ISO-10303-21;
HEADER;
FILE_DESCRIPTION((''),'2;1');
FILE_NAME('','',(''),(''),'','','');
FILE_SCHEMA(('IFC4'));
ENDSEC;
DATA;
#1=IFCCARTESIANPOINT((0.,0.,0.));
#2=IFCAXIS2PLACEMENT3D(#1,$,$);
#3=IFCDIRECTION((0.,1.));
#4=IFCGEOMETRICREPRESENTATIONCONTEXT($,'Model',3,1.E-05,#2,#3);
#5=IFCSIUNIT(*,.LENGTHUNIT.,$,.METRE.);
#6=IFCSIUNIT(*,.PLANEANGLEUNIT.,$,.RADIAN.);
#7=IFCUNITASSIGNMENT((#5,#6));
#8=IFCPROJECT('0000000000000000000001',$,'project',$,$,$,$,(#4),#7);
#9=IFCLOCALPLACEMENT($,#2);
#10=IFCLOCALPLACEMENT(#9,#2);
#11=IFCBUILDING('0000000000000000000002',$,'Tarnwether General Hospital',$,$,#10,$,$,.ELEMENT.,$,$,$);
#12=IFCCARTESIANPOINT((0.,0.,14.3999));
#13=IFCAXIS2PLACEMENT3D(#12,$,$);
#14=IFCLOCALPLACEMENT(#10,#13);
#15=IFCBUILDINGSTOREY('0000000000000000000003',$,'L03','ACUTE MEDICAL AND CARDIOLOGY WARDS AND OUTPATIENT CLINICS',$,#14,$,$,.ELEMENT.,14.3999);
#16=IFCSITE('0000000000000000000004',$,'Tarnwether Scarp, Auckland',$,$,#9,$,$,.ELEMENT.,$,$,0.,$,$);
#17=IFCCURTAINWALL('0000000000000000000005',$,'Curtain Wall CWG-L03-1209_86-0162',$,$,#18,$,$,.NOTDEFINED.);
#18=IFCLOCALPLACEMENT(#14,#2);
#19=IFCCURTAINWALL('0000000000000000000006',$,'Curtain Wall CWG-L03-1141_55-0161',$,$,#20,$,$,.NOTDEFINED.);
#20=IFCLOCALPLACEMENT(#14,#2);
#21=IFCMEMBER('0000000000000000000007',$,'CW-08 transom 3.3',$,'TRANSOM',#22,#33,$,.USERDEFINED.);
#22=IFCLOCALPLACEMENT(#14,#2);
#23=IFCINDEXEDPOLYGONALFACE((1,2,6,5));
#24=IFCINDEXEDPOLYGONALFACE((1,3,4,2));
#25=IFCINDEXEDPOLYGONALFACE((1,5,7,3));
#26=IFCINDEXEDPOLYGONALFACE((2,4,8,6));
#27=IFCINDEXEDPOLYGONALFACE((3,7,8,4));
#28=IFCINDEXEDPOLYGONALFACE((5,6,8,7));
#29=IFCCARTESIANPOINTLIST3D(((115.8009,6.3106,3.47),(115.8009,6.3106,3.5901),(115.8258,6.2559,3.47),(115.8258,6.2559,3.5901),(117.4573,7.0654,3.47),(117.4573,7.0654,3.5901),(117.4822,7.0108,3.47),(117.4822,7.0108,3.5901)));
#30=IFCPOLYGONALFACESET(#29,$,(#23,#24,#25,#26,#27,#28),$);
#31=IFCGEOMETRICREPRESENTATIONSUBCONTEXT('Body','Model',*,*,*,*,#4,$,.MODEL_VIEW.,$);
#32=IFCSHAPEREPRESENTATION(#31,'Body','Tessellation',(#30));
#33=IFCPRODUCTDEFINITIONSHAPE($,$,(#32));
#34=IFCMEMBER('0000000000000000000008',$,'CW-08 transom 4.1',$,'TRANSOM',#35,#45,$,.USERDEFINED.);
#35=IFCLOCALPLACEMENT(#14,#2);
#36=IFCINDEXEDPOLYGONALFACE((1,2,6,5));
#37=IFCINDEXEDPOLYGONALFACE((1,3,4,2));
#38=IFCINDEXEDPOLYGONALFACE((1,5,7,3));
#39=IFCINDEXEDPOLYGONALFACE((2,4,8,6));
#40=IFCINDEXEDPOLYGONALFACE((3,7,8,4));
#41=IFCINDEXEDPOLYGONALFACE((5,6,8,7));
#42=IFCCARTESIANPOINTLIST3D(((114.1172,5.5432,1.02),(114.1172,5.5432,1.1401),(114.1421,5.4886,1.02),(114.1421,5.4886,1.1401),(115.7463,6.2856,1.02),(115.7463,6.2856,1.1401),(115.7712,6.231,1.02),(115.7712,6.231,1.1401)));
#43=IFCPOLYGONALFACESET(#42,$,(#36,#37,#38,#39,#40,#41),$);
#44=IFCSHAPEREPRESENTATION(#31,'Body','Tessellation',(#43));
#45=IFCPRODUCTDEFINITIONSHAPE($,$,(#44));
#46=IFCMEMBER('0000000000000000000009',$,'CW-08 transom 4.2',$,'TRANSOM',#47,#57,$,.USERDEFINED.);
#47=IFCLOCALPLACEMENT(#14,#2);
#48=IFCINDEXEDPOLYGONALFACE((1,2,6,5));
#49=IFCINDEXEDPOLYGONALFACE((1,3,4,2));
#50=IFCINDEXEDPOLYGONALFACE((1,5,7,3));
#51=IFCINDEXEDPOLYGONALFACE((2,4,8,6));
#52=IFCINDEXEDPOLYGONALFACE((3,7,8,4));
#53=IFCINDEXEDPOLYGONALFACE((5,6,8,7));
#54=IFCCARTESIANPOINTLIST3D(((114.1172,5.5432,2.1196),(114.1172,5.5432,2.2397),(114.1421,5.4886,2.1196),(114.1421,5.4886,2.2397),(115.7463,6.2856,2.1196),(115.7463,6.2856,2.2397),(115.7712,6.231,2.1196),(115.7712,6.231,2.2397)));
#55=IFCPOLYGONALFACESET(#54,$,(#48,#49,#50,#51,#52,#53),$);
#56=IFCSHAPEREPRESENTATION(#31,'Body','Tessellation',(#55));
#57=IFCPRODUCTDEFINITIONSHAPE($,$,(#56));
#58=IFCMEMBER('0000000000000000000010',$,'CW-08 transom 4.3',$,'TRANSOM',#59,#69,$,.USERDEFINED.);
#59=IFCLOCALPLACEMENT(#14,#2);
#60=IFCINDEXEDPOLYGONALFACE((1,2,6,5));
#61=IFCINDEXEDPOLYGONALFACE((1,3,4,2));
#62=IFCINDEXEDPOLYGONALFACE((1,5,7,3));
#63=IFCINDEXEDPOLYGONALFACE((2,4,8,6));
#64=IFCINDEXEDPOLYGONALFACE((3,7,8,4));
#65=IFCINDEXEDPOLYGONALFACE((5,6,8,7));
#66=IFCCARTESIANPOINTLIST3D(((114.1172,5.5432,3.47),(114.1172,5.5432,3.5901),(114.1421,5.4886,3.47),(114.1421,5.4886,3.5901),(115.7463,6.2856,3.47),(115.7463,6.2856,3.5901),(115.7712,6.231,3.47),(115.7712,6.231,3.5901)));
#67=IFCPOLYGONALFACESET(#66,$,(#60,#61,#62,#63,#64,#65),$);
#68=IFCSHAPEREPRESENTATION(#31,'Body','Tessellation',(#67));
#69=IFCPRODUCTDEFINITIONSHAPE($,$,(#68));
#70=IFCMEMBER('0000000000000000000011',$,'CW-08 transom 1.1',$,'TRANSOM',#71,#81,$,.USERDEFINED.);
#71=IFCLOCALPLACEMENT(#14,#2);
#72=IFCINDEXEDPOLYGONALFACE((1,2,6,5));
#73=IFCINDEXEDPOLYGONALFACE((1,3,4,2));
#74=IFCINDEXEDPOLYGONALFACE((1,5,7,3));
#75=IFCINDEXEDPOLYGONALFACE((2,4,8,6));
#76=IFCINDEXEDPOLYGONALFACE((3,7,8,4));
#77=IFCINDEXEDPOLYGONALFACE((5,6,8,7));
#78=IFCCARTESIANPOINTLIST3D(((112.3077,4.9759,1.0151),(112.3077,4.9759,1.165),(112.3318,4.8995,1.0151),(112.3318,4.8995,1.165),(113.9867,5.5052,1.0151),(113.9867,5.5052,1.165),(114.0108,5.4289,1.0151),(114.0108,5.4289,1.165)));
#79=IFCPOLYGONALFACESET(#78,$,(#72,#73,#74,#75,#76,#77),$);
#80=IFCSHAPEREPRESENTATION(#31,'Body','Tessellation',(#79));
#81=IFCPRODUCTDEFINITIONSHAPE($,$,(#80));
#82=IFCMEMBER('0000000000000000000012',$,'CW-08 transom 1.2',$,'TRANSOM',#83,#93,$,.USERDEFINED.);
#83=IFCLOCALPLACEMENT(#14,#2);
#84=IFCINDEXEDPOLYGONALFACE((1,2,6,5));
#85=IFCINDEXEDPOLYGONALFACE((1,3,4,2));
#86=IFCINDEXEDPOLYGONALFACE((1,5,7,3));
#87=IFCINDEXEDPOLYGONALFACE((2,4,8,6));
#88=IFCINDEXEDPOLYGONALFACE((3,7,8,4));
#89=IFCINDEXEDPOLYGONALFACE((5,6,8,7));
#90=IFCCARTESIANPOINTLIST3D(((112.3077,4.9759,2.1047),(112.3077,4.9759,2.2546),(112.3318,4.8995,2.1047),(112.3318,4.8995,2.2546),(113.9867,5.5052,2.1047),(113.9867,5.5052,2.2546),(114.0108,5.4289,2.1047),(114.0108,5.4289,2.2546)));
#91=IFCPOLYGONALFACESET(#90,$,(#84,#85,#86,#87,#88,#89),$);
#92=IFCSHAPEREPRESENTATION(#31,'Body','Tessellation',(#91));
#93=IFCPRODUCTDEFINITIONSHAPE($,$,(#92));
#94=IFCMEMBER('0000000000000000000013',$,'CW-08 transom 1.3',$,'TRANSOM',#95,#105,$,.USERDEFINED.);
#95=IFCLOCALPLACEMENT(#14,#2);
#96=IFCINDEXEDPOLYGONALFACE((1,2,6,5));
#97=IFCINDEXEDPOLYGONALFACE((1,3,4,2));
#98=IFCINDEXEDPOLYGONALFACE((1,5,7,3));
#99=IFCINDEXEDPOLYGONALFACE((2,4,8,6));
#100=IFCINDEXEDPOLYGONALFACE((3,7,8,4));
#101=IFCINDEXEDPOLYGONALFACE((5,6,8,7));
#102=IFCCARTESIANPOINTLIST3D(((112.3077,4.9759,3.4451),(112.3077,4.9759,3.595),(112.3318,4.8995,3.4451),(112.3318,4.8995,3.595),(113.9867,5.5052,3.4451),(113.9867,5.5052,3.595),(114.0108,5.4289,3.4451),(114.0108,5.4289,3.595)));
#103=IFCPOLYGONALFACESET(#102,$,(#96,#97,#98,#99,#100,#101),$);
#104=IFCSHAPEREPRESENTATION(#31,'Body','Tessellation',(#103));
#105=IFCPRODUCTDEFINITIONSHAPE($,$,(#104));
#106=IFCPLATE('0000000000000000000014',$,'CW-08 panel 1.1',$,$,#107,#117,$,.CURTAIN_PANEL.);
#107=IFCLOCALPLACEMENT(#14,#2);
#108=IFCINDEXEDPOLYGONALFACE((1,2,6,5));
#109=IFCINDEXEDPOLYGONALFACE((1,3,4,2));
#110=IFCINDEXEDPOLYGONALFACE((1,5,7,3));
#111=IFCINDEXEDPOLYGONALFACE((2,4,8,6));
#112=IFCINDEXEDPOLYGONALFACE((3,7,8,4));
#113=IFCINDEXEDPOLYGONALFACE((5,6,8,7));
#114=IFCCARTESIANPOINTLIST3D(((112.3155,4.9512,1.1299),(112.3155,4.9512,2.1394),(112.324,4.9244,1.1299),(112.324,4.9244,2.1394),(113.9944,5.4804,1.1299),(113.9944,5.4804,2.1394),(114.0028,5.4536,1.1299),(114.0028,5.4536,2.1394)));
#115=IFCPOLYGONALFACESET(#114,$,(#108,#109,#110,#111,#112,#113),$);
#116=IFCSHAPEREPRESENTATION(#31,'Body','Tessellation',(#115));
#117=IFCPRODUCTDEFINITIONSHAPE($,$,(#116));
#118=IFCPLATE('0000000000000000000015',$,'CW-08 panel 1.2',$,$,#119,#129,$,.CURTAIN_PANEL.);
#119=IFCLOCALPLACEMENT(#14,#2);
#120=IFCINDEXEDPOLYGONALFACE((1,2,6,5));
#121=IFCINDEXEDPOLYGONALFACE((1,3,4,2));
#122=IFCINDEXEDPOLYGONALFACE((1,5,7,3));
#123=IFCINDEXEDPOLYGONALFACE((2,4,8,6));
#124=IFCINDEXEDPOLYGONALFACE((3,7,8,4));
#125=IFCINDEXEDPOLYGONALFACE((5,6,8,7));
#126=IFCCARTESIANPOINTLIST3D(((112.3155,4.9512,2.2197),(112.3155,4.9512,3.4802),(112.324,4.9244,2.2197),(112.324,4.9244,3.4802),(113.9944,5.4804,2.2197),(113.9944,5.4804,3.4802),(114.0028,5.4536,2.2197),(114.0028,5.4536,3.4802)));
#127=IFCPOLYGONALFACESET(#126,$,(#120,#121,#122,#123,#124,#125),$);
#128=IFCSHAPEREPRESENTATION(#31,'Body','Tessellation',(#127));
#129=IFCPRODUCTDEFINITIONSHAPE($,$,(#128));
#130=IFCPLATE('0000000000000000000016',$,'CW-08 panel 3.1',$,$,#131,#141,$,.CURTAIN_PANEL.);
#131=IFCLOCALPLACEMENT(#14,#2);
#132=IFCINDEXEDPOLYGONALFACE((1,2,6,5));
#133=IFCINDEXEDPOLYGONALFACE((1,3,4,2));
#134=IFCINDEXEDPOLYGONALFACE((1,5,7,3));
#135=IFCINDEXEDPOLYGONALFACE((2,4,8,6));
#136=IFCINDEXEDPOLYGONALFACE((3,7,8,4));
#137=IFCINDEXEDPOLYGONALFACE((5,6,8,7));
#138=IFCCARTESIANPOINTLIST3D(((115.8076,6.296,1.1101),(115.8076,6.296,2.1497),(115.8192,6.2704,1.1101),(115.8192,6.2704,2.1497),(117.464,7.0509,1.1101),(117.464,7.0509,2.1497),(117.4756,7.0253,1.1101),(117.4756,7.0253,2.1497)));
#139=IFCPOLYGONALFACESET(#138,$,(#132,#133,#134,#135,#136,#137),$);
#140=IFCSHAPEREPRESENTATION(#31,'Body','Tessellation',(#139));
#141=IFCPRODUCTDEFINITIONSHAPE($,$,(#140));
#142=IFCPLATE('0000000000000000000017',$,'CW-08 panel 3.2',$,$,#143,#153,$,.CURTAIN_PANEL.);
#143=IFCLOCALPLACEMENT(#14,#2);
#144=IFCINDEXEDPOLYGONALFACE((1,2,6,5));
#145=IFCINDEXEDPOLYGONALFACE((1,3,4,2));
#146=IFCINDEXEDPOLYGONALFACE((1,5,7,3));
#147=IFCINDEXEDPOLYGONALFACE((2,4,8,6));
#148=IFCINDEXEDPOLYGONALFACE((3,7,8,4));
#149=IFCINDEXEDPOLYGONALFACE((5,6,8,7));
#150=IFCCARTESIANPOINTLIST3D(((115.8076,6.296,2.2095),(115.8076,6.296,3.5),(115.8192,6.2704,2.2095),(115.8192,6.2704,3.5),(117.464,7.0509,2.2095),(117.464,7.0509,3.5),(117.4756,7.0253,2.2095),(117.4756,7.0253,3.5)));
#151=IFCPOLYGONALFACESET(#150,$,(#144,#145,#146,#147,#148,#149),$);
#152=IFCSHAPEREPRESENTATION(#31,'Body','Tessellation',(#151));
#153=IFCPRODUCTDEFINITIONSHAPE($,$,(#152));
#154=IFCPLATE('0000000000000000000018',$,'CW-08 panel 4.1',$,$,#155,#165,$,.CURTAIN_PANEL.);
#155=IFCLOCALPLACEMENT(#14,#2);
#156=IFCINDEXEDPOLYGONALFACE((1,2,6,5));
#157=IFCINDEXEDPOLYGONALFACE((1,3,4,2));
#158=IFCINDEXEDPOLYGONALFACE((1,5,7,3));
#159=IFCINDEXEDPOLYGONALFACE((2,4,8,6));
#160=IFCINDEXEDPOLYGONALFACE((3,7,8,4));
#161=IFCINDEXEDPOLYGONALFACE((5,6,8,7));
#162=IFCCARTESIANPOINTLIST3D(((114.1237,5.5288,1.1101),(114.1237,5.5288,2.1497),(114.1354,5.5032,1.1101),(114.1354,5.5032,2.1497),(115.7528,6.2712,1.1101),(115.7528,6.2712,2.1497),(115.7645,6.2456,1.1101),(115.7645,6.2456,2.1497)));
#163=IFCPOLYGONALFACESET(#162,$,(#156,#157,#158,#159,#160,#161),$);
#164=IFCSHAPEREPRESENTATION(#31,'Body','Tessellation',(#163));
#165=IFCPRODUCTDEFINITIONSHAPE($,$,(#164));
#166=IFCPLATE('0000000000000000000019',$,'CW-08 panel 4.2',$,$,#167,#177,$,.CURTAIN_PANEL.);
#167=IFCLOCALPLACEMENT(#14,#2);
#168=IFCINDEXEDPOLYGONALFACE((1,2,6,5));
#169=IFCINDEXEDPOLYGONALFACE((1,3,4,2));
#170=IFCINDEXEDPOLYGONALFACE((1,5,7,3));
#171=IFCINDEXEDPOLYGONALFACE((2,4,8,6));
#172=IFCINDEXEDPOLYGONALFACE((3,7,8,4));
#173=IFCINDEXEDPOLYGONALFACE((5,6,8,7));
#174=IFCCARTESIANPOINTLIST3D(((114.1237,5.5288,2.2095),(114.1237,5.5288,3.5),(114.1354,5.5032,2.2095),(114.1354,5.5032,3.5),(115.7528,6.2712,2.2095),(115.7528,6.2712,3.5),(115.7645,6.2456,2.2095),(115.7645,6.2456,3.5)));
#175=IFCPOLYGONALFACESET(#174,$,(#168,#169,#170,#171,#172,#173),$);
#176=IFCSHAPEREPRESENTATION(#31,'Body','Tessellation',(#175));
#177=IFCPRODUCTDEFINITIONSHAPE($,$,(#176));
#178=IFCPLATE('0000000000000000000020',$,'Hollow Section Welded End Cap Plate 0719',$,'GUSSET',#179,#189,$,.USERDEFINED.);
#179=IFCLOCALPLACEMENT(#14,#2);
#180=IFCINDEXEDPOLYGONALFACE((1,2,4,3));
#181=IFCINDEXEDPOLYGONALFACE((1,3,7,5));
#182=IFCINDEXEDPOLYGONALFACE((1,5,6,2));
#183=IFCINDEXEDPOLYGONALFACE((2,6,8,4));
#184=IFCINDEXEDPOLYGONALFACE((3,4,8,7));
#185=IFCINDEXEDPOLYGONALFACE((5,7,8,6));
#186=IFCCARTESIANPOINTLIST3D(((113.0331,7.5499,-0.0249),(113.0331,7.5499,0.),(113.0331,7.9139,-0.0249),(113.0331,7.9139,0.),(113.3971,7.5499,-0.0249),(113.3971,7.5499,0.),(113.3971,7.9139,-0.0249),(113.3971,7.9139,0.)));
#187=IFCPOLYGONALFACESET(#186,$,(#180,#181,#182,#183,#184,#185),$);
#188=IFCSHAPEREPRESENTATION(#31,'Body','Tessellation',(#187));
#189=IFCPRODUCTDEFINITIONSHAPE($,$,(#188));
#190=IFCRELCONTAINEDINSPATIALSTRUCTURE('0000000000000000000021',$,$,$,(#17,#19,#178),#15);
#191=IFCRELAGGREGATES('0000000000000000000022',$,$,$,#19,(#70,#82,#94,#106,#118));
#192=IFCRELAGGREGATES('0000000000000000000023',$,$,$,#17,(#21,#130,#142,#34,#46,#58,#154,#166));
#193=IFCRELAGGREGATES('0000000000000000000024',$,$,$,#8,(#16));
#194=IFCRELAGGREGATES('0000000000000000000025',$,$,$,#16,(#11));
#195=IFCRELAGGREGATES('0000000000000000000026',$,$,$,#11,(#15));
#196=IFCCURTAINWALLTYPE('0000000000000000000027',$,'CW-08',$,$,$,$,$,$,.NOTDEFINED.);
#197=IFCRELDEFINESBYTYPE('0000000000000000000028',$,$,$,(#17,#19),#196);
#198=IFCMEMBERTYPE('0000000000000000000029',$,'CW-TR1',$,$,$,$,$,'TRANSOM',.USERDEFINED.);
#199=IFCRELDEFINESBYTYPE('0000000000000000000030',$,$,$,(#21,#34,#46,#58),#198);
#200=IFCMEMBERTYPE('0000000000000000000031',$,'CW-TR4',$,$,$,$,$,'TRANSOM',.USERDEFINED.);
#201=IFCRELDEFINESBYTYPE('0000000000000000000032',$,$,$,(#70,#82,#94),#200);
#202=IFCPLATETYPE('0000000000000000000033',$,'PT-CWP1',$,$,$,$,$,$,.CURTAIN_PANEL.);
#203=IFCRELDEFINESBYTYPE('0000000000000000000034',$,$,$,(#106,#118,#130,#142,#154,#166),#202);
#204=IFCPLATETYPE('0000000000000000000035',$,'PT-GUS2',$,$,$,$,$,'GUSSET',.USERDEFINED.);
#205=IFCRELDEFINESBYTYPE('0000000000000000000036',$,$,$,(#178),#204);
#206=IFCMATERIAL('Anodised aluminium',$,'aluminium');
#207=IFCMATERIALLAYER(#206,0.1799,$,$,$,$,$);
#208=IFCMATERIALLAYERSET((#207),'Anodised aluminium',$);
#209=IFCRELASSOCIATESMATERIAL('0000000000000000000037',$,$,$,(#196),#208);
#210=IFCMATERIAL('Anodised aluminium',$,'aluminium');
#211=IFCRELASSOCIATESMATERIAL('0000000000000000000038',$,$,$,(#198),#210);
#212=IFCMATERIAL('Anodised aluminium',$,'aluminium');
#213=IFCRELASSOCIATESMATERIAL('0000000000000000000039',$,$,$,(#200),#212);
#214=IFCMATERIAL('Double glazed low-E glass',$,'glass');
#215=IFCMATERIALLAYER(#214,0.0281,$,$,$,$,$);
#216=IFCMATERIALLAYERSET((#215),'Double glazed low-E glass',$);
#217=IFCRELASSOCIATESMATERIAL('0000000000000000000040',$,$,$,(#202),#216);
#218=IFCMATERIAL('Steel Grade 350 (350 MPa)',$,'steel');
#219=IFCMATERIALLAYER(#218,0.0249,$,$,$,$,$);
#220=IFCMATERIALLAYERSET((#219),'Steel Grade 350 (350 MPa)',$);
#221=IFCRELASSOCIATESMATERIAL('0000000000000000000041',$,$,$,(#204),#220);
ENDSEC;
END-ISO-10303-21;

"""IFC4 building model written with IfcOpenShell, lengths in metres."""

from ifc_helpers import new_model, si_unit, direction, frame, origin, origin_2d, place, context, subcontext, project, spatial, rectangle, extrude, material, layer, layer_set, material_profile, profile_set, type_object, element, aggregate, save


model = new_model("IFC4")

# Units and contexts
model_context = context("Model", 3, precision=1e-05, world=origin(), true_north=direction((0.0, 1.0)))
body_context = subcontext(model_context, "Body", "Model", "MODEL_VIEW")
ifc_project = project(units=[si_unit("LENGTHUNIT", "METRE"), si_unit("PLANEANGLEUNIT", "RADIAN")], contexts=[model_context])

# Site, building, storey
site_placement = place(None, origin())
site = spatial("IfcSite", under=ifc_project, at=site_placement, Name="Tarnwether Scarp, Auckland", CompositionType="ELEMENT", RefElevation=0.0)
building_placement = place(site_placement, origin())
building = spatial("IfcBuilding", under=site, at=building_placement, Name="Tarnwether General Hospital", CompositionType="ELEMENT")
storey_placement = place(building_placement, frame((0.0, 0.0, 14.3999)))
storey = spatial("IfcBuildingStorey", under=building, at=storey_placement, Name="L03", Description="ACUTE MEDICAL AND CARDIOLOGY WARDS AND OUTPATIENT CLINICS", CompositionType="ELEMENT", Elevation=14.3999)

# Curtain wall
ifc_material_1 = material(Name="Anodised aluminium", Category="aluminium")
ifc_layer_1 = layer(ifc_material_1, 0.1799)
ifc_layer_set_1 = layer_set([ifc_layer_1], Name="Anodised aluminium")
curtain_wall_type = type_object("IfcCurtainWallType", Name="CW-08", PredefinedType="NOTDEFINED", material=ifc_layer_set_1)
curtain_wall_1_placement = place(storey_placement, origin())
curtain_wall_1 = element("IfcCurtainWall", 1, at=curtain_wall_1_placement, inside=storey, type_object=curtain_wall_type, Name="Curtain Wall CWG-L03-1209_86-0162", PredefinedType="NOTDEFINED")

# Curtain wall
curtain_wall_2_placement = place(storey_placement, origin())
curtain_wall_2 = element("IfcCurtainWall", 2, at=curtain_wall_2_placement, inside=storey, type_object=curtain_wall_type, Name="Curtain Wall CWG-L03-1141_55-0161", PredefinedType="NOTDEFINED")

# Members
ifc_material_2 = material(Name="Anodised aluminium", Category="aluminium")
ifc_material_profile_1 = material_profile(ifc_material_2, rectangle(XDim=0.0601, YDim=0.1201, at=origin_2d()), Name="ALU-TRN-60x120")
ifc_profile_set_1 = profile_set([ifc_material_profile_1], Name="Anodised aluminium")
member_type_1 = type_object("IfcMemberType", Name="CW-TR1", ElementType="TRANSOM", PredefinedType="USERDEFINED", material=ifc_profile_set_1)
member_1_placement = place(storey_placement, frame((117.4697, 7.0381, 3.53), z_axis=(-0.909966, -0.414682, 0.0), x_axis=(0.414682, -0.909966, 0.0)))
member_1 = element("IfcMember", 3, at=member_1_placement, type_object=member_type_1, Name="CW-08 transom 3.3", ObjectType="TRANSOM", PredefinedType="USERDEFINED", context=body_context, shape_type="SweptSolid", body=[
    extrude(rectangle(XDim=0.0601, YDim=0.1201, at=origin_2d()), origin(), (0.0, 0.0, 1.0), 1.8203),
])
member_2_placement = place(storey_placement, frame((115.7588, 6.2583, 1.0801), z_axis=(-0.909964, -0.414686, 0.0), x_axis=(0.414686, -0.909964, 0.0)))
member_2 = element("IfcMember", 4, at=member_2_placement, type_object=member_type_1, Name="CW-08 transom 4.1", ObjectType="TRANSOM", PredefinedType="USERDEFINED", context=body_context, shape_type="SweptSolid", body=[
    extrude(rectangle(XDim=0.0601, YDim=0.1201, at=origin_2d()), origin(), (0.0, 0.0, 1.0), 1.7903),
])
member_3_placement = place(storey_placement, frame((115.7588, 6.2583, 2.1797), z_axis=(-0.909964, -0.414686, 0.0), x_axis=(0.414686, -0.909964, 0.0)))
member_3 = element("IfcMember", 5, at=member_3_placement, type_object=member_type_1, Name="CW-08 transom 4.2", ObjectType="TRANSOM", PredefinedType="USERDEFINED", context=body_context, shape_type="SweptSolid", body=[
    extrude(rectangle(XDim=0.0601, YDim=0.1201, at=origin_2d()), origin(), (0.0, 0.0, 1.0), 1.7903),
])
member_4_placement = place(storey_placement, frame((115.7588, 6.2583, 3.53), z_axis=(-0.909964, -0.414686, 0.0), x_axis=(0.414686, -0.909964, 0.0)))
member_4 = element("IfcMember", 6, at=member_4_placement, type_object=member_type_1, Name="CW-08 transom 4.3", ObjectType="TRANSOM", PredefinedType="USERDEFINED", context=body_context, shape_type="SweptSolid", body=[
    extrude(rectangle(XDim=0.0601, YDim=0.1201, at=origin_2d()), origin(), (0.0, 0.0, 1.0), 1.7903),
])
ifc_material_3 = material(Name="Anodised aluminium", Category="aluminium")
ifc_material_profile_2 = material_profile(ifc_material_3, rectangle(XDim=0.0801, YDim=0.1499, at=origin_2d()), Name="ALU-TRN-80x150")
ifc_profile_set_2 = profile_set([ifc_material_profile_2], Name="Anodised aluminium")
member_type_2 = type_object("IfcMemberType", Name="CW-TR4", ElementType="TRANSOM", PredefinedType="USERDEFINED", material=ifc_profile_set_2)
member_5_placement = place(storey_placement, frame((113.9988, 5.467, 1.0901), z_axis=(-0.953729, -0.300667, 0.0), x_axis=(0.300667, -0.953729, 0.0)))
member_5 = element("IfcMember", 7, at=member_5_placement, type_object=member_type_2, Name="CW-08 transom 1.1", ObjectType="TRANSOM", PredefinedType="USERDEFINED", context=body_context, shape_type="SweptSolid", body=[
    extrude(rectangle(XDim=0.0801, YDim=0.1499, at=origin_2d()), origin(), (0.0, 0.0, 1.0), 1.7605),
])
member_6_placement = place(storey_placement, frame((113.9988, 5.467, 2.1797), z_axis=(-0.953729, -0.300667, 0.0), x_axis=(0.300667, -0.953729, 0.0)))
member_6 = element("IfcMember", 8, at=member_6_placement, type_object=member_type_2, Name="CW-08 transom 1.2", ObjectType="TRANSOM", PredefinedType="USERDEFINED", context=body_context, shape_type="SweptSolid", body=[
    extrude(rectangle(XDim=0.0801, YDim=0.1499, at=origin_2d()), origin(), (0.0, 0.0, 1.0), 1.7605),
])
member_7_placement = place(storey_placement, frame((113.9988, 5.467, 3.52), z_axis=(-0.953729, -0.300667, 0.0), x_axis=(0.300667, -0.953729, 0.0)))
member_7 = element("IfcMember", 9, at=member_7_placement, type_object=member_type_2, Name="CW-08 transom 1.3", ObjectType="TRANSOM", PredefinedType="USERDEFINED", context=body_context, shape_type="SweptSolid", body=[
    extrude(rectangle(XDim=0.0801, YDim=0.1499, at=origin_2d()), origin(), (0.0, 0.0, 1.0), 1.7605),
])

# Plates
ifc_material_4 = material(Name="Double glazed low-E glass", Category="glass")
ifc_layer_2 = layer(ifc_material_4, 0.0281)
ifc_layer_set_2 = layer_set([ifc_layer_2], Name="Double glazed low-E glass")
plate_type_1 = type_object("IfcPlateType", Name="PT-CWP1", PredefinedType="CURTAIN_PANEL", material=ifc_layer_set_2)
plate_1_placement = place(storey_placement, frame((113.1592, 5.2024, 1.1299), z_axis=(0.0, 0.0, 1.0), x_axis=(-0.953741, -0.300629, 0.0)))
plate_1 = element("IfcPlate", 10, at=plate_1_placement, type_object=plate_type_1, Name="CW-08 panel 1.1", PredefinedType="CURTAIN_PANEL", context=body_context, shape_type="SweptSolid", body=[
    extrude(rectangle(XDim=1.7603, YDim=0.0281, at=origin_2d()), origin(), (0.0, 0.0, 1.0), 1.0095),
])
plate_2_placement = place(storey_placement, frame((113.1592, 5.2024, 2.2197), z_axis=(0.0, 0.0, 1.0), x_axis=(-0.953741, -0.300629, 0.0)))
plate_2 = element("IfcPlate", 11, at=plate_2_placement, type_object=plate_type_1, Name="CW-08 panel 1.2", PredefinedType="CURTAIN_PANEL", context=body_context, shape_type="SweptSolid", body=[
    extrude(rectangle(XDim=1.7603, YDim=0.0281, at=origin_2d()), origin(), (0.0, 0.0, 1.0), 1.2605),
])
aggregate(curtain_wall_2, [member_5, member_6, member_7, plate_1, plate_2])
plate_3_placement = place(storey_placement, frame((116.6416, 6.6606, 1.1101), z_axis=(0.0, 0.0, 1.0), x_axis=(-0.909961, -0.414694, 0.0)))
plate_3 = element("IfcPlate", 12, at=plate_3_placement, type_object=plate_type_1, Name="CW-08 panel 3.1", PredefinedType="CURTAIN_PANEL", context=body_context, shape_type="SweptSolid", body=[
    extrude(rectangle(XDim=1.8203, YDim=0.0281, at=origin_2d()), origin(), (0.0, 0.0, 1.0), 1.0396),
])
plate_4_placement = place(storey_placement, frame((116.6416, 6.6606, 2.2095), z_axis=(0.0, 0.0, 1.0), x_axis=(-0.909961, -0.414694, 0.0)))
plate_4 = element("IfcPlate", 13, at=plate_4_placement, type_object=plate_type_1, Name="CW-08 panel 3.2", PredefinedType="CURTAIN_PANEL", context=body_context, shape_type="SweptSolid", body=[
    extrude(rectangle(XDim=1.8203, YDim=0.0281, at=origin_2d()), origin(), (0.0, 0.0, 1.0), 1.2905),
])
plate_5_placement = place(storey_placement, frame((114.9441, 5.8872, 1.1101), z_axis=(0.0, 0.0, 1.0), x_axis=(-0.909961, -0.414694, 0.0)))
plate_5 = element("IfcPlate", 14, at=plate_5_placement, type_object=plate_type_1, Name="CW-08 panel 4.1", PredefinedType="CURTAIN_PANEL", context=body_context, shape_type="SweptSolid", body=[
    extrude(rectangle(XDim=1.7903, YDim=0.0281, at=origin_2d()), origin(), (0.0, 0.0, 1.0), 1.0396),
])
plate_6_placement = place(storey_placement, frame((114.9441, 5.8872, 2.2095), z_axis=(0.0, 0.0, 1.0), x_axis=(-0.909961, -0.414694, 0.0)))
plate_6 = element("IfcPlate", 15, at=plate_6_placement, type_object=plate_type_1, Name="CW-08 panel 4.2", PredefinedType="CURTAIN_PANEL", context=body_context, shape_type="SweptSolid", body=[
    extrude(rectangle(XDim=1.7903, YDim=0.0281, at=origin_2d()), origin(), (0.0, 0.0, 1.0), 1.2905),
])
aggregate(curtain_wall_1, [member_1, plate_3, plate_4, member_2, member_3, member_4, plate_5, plate_6])

# Plate
ifc_material_5 = material(Name="Steel Grade 350 (350 MPa)", Category="steel")
ifc_layer_3 = layer(ifc_material_5, 0.0249)
ifc_layer_set_3 = layer_set([ifc_layer_3], Name="Steel Grade 350 (350 MPa)")
plate_type_2 = type_object("IfcPlateType", Name="PT-GUS2", ElementType="GUSSET", PredefinedType="USERDEFINED", material=ifc_layer_set_3)
for number, where, z_axis, x_axis, name in (
    (16, (113.2151, 7.7319, -0.0249), (0.0, 0.0, 1.0), (1.0, 0.0, 0.0), "Hollow Section Welded End Cap Plate 0719"),
):
    element("IfcPlate", number, at=place(storey_placement, frame(where, z_axis=z_axis, x_axis=x_axis)), inside=storey, type_object=plate_type_2, Name=name, ObjectType="GUSSET", PredefinedType="USERDEFINED", context=body_context, shape_type="SweptSolid", body=[
        extrude(rectangle(XDim=0.364, YDim=0.364, at=origin_2d()), origin(), (0.0, 0.0, 1.0), 0.0249),
    ])

save(model, "model.ifc")
